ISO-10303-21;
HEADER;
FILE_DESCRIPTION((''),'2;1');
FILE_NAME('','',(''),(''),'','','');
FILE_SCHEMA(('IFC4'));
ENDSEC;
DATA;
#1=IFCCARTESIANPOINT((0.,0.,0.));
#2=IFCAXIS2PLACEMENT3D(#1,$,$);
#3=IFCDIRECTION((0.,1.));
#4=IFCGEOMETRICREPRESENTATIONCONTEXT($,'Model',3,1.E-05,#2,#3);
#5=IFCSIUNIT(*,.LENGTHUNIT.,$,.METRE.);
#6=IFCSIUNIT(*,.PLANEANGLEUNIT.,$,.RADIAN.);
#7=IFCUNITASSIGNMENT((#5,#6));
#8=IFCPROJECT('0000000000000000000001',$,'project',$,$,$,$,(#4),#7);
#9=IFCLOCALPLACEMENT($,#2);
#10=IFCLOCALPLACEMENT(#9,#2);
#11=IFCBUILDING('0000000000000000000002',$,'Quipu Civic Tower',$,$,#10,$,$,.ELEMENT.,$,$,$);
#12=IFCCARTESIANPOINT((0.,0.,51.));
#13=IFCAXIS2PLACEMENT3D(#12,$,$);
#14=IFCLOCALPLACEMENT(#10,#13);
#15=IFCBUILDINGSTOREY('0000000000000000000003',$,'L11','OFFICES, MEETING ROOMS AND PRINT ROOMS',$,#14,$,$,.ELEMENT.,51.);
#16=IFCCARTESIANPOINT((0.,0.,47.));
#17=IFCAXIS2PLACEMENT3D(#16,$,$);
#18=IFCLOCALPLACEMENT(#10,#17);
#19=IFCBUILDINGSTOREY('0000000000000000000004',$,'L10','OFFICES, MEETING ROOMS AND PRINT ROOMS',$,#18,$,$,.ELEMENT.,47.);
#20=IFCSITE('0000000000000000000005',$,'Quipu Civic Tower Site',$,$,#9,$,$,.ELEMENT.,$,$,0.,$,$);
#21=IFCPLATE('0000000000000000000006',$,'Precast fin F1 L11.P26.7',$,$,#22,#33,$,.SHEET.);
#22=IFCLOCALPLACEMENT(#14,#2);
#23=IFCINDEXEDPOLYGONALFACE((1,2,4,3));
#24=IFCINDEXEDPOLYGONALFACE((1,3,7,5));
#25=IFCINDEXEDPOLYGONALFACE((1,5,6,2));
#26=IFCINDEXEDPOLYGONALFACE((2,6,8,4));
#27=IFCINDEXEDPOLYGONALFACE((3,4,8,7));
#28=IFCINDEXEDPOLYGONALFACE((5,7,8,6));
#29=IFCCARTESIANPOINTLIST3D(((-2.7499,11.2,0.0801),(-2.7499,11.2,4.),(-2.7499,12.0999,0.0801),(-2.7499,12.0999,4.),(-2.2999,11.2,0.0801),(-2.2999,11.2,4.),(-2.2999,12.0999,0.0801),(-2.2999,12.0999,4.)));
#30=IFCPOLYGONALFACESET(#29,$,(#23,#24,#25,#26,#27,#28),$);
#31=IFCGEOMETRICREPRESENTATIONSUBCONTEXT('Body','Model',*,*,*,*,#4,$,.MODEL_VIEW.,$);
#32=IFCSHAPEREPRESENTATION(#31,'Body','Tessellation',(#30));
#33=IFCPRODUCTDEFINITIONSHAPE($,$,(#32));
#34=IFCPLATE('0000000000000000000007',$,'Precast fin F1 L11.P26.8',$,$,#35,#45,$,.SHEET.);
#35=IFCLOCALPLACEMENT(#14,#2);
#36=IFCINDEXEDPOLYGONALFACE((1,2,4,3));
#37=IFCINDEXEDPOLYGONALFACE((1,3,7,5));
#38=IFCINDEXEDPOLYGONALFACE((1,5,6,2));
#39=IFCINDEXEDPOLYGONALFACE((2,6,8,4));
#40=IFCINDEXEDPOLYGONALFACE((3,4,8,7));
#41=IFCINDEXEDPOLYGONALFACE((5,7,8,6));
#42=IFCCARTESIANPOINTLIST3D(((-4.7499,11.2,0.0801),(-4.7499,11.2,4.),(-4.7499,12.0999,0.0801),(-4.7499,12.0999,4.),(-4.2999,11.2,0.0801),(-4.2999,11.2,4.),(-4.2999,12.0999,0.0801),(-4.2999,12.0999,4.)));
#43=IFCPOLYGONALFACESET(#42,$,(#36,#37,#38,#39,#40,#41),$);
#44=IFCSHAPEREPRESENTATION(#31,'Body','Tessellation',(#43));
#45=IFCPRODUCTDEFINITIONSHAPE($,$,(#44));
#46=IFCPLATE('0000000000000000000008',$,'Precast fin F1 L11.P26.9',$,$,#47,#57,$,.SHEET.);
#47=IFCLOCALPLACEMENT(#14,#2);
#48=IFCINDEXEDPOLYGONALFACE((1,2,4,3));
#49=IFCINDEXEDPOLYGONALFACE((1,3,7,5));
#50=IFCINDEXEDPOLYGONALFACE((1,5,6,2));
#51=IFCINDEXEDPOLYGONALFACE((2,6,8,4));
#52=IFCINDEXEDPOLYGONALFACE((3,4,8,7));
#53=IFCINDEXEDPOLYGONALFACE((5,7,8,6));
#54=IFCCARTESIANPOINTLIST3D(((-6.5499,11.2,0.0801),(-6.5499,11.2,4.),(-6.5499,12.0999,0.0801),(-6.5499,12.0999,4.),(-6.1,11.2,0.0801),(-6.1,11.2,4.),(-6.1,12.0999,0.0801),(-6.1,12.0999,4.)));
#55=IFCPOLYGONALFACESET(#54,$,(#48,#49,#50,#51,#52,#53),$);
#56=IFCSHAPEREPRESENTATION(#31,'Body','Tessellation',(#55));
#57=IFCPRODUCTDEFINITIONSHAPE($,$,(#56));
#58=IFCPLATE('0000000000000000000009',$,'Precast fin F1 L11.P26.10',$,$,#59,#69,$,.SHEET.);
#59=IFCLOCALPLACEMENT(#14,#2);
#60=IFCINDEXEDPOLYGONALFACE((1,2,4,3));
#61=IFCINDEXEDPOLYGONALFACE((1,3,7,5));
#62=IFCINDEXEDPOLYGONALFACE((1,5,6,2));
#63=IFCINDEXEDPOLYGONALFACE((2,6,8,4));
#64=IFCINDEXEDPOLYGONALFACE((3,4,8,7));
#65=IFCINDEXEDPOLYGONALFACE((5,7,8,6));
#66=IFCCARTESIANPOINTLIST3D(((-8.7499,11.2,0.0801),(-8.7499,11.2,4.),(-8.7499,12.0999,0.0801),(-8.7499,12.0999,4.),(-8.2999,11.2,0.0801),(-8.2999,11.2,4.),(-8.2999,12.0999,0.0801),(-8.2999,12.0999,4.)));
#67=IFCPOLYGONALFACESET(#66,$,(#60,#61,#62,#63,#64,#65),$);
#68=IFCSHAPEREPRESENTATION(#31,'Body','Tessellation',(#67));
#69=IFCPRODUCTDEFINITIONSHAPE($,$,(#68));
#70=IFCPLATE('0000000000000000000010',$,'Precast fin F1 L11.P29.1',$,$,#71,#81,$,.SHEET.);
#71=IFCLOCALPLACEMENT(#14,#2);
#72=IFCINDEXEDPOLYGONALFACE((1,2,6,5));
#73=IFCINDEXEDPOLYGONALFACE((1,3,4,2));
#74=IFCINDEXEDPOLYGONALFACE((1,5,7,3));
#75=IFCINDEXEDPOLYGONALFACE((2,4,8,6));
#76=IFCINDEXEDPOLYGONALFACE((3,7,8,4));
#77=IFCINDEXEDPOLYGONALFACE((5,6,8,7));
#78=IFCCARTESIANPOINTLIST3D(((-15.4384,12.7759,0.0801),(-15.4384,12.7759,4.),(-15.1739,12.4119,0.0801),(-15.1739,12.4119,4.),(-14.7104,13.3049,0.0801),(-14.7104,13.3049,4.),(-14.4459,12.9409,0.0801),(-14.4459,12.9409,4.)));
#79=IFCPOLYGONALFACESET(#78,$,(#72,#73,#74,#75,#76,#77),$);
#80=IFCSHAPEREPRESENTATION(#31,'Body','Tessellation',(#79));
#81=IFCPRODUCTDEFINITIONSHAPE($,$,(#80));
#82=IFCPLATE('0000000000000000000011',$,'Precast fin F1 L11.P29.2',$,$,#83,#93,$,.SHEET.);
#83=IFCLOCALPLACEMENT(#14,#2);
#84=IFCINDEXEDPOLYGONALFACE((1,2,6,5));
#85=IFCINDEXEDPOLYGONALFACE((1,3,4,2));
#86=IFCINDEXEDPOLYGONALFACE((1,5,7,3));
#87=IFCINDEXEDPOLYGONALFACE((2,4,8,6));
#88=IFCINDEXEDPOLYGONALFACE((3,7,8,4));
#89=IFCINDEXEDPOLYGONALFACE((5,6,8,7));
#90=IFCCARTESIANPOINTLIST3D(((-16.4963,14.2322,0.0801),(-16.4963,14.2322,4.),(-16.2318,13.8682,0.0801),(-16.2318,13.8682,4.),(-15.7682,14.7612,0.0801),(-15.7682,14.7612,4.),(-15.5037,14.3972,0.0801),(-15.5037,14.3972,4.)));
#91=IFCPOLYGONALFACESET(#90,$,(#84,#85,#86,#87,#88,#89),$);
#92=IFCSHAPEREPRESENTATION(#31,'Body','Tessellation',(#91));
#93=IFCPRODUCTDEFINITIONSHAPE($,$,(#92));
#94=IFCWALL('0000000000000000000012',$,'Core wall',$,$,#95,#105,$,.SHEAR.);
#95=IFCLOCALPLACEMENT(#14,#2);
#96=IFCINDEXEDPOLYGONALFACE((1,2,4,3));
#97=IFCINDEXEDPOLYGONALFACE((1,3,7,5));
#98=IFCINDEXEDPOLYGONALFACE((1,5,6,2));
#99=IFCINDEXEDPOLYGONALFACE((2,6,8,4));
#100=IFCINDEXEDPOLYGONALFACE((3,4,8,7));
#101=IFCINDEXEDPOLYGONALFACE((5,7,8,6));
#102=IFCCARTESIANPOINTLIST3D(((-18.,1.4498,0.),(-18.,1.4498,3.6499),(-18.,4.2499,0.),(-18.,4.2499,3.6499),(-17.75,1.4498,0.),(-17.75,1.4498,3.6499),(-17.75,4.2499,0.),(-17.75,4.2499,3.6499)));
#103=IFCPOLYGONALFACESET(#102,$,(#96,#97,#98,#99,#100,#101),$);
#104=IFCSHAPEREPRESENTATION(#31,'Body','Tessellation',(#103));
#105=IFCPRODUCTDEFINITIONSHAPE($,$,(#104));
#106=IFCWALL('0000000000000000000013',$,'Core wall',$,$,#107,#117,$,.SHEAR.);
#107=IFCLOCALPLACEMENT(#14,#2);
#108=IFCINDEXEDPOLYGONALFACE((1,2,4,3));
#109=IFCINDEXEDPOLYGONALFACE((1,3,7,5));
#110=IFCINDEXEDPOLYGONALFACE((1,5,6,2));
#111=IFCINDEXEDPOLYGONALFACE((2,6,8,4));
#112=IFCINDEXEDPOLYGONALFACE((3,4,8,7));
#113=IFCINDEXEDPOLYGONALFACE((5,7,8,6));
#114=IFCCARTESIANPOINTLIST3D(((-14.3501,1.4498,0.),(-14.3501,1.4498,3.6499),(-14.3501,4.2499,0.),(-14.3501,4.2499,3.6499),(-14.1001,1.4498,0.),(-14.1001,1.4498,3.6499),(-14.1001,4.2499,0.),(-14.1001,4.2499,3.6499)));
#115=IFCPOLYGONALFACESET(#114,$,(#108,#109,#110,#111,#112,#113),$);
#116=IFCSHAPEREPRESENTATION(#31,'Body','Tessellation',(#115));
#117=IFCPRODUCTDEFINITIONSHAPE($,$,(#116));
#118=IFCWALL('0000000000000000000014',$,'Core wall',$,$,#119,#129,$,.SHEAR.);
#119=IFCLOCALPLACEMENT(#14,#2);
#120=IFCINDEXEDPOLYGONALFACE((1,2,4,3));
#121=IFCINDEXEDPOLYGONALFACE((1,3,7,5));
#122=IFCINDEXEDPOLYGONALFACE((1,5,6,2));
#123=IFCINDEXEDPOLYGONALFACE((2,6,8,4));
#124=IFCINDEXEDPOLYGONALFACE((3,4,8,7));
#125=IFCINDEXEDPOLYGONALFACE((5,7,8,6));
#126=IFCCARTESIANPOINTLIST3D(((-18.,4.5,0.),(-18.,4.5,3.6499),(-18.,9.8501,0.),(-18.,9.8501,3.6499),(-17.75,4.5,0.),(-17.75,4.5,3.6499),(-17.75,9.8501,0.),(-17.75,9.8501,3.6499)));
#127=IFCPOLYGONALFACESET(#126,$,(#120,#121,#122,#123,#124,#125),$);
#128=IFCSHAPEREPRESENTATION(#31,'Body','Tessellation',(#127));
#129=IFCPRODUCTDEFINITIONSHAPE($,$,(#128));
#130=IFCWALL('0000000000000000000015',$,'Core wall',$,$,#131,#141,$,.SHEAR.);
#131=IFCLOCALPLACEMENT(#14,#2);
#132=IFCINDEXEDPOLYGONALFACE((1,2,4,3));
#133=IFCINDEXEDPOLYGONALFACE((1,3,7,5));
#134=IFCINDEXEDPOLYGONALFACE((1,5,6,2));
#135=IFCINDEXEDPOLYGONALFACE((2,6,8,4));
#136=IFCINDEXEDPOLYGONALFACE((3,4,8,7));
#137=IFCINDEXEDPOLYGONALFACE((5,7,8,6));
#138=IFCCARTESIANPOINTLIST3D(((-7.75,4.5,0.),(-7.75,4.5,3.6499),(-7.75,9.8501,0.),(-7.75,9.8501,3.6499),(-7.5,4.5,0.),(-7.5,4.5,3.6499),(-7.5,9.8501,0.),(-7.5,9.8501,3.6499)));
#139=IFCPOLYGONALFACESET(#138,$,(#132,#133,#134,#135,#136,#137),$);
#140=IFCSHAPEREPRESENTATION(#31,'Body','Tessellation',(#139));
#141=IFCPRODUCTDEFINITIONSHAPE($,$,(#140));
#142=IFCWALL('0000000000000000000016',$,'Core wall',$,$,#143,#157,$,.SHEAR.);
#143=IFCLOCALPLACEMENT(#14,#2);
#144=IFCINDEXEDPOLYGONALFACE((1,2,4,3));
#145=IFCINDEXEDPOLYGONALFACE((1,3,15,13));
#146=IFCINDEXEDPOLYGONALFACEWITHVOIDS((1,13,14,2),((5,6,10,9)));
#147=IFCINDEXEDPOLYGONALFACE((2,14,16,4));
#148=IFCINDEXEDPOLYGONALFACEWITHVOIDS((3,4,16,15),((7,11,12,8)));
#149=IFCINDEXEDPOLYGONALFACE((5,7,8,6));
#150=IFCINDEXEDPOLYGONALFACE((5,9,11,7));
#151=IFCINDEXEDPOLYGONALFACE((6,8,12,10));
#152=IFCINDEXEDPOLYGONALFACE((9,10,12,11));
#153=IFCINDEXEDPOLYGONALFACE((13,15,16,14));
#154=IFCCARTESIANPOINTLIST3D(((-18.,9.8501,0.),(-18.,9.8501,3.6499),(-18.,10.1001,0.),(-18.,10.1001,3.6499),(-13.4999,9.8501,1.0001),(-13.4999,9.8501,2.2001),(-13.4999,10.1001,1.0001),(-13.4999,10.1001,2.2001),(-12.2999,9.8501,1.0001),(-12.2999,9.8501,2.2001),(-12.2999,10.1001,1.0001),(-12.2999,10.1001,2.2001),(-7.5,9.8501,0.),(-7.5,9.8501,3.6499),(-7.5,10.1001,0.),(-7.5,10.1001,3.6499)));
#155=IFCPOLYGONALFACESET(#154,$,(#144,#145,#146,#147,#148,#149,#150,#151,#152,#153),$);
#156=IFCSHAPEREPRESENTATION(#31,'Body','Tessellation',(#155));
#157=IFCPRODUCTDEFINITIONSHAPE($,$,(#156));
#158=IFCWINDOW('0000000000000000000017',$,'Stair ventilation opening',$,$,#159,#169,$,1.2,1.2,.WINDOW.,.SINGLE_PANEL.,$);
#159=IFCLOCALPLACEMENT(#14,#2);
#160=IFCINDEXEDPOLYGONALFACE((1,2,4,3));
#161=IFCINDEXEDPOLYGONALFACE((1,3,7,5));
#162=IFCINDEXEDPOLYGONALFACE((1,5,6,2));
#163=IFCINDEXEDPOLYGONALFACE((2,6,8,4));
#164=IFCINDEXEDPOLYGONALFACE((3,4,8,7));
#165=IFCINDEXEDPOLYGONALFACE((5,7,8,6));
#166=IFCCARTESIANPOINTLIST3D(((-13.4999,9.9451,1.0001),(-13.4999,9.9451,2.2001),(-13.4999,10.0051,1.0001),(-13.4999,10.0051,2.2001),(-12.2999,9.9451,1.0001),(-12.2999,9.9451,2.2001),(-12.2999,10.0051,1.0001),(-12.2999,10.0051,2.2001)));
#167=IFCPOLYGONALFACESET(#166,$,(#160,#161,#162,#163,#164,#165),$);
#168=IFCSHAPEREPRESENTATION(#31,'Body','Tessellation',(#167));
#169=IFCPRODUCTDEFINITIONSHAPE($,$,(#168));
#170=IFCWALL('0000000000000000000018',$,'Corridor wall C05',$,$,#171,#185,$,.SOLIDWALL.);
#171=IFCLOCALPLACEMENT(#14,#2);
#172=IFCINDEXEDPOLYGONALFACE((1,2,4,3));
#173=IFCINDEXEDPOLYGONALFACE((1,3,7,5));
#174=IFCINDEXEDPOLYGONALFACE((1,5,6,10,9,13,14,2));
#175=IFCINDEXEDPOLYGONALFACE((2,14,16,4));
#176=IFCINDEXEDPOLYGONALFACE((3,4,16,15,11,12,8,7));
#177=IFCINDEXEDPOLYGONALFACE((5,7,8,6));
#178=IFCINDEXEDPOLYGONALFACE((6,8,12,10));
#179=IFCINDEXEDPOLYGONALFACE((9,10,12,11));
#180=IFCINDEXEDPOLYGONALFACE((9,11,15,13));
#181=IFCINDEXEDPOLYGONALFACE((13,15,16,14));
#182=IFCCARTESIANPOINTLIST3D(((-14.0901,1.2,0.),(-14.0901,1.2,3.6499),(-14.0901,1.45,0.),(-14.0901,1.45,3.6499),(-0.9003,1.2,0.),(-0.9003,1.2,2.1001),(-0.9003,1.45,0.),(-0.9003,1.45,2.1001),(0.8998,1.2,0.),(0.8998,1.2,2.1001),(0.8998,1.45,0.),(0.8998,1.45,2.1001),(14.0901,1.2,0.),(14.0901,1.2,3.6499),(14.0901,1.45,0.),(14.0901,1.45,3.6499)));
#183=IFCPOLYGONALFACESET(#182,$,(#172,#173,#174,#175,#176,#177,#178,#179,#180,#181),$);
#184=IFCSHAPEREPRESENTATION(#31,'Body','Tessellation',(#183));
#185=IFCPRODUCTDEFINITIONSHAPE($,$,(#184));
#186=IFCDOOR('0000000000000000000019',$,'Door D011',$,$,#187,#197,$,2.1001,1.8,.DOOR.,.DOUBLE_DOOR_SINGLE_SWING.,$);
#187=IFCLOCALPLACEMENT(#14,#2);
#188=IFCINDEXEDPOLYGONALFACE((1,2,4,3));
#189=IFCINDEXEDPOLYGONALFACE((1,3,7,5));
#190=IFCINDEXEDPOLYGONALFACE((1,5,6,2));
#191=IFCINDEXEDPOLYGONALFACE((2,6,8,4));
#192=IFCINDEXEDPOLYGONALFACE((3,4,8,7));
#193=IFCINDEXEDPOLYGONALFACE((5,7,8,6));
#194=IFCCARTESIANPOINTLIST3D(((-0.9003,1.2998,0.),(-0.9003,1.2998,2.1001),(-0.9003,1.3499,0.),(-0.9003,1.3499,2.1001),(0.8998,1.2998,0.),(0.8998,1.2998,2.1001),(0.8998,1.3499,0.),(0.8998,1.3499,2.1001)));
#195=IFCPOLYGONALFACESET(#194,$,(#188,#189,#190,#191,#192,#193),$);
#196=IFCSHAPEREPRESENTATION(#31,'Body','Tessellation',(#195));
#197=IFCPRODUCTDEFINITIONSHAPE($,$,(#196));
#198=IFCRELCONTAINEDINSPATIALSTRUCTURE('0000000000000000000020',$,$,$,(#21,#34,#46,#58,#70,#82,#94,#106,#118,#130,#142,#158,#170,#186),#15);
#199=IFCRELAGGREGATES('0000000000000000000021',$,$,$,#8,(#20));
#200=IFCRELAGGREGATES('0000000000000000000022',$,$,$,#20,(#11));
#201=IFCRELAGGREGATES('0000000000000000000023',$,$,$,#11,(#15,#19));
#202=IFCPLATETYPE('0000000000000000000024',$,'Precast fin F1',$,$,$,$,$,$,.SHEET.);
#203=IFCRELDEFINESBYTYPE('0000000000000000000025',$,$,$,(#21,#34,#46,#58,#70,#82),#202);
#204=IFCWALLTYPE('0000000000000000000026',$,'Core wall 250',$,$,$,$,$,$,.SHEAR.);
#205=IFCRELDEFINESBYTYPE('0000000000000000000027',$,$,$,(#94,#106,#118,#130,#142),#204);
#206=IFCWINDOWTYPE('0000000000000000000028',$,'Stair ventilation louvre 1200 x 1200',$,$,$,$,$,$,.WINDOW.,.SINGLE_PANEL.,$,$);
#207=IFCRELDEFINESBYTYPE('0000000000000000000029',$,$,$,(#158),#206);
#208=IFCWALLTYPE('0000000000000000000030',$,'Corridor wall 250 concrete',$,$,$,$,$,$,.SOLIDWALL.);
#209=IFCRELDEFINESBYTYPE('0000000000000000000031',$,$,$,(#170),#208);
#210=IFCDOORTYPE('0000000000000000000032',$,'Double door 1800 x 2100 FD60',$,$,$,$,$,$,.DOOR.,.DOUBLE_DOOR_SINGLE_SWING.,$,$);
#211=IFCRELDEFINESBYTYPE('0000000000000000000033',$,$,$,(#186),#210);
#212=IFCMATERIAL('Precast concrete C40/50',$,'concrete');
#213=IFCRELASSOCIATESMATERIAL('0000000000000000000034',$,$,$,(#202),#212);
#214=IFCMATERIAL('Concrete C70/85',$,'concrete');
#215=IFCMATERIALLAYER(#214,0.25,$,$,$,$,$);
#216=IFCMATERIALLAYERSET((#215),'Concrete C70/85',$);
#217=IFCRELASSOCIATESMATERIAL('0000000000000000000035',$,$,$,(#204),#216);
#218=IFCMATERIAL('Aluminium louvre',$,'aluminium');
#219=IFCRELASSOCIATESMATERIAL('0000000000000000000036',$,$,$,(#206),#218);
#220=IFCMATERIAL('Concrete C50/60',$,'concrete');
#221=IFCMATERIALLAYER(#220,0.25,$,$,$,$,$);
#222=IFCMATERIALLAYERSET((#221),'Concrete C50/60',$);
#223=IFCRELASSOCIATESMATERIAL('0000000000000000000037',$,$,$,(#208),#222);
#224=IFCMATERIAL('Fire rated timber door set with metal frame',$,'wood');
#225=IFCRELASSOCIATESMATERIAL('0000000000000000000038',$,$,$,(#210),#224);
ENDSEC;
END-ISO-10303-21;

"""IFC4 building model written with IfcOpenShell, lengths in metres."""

from ifc_helpers import new_model, si_unit, direction, frame, frame_2d, origin, origin_2d, place, context, subcontext, project, spatial, rectangle, extrude, material, layer, layer_set, type_object, element, fill, save


model = new_model("IFC4")

# Units and contexts
model_context = context("Model", 3, precision=1e-05, world=origin(), true_north=direction((0.0, 1.0)))
body_context = subcontext(model_context, "Body", "Model", "MODEL_VIEW")
ifc_project = project(units=[si_unit("LENGTHUNIT", "METRE"), si_unit("PLANEANGLEUNIT", "RADIAN")], contexts=[model_context])

# Site, building, storey
site_placement = place(None, origin())
site = spatial("IfcSite", under=ifc_project, at=site_placement, Name="Quipu Civic Tower Site", CompositionType="ELEMENT", RefElevation=0.0)
building_placement = place(site_placement, origin())
building = spatial("IfcBuilding", under=site, at=building_placement, Name="Quipu Civic Tower", CompositionType="ELEMENT")
storey_1_placement = place(building_placement, frame((0.0, 0.0, 51.0)))
storey_1 = spatial("IfcBuildingStorey", under=building, at=storey_1_placement, Name="L11", Description="OFFICES, MEETING ROOMS AND PRINT ROOMS", CompositionType="ELEMENT", Elevation=51.0)

# Shared definitions
storey_2_placement = place(building_placement, frame((0.0, 0.0, 47.0)))
storey_2 = spatial("IfcBuildingStorey", under=building, at=storey_2_placement, Name="L10", Description="OFFICES, MEETING ROOMS AND PRINT ROOMS", CompositionType="ELEMENT", Elevation=47.0)

# Plates
ifc_material_1 = material(Name="Precast concrete C40/50", Category="concrete")
plate_type_1 = type_object("IfcPlateType", Name="Precast fin F1", PredefinedType="SHEET", material=ifc_material_1)
for number, where, z_axis, x_axis, name in (
    (1, (-2.5249, 11.6499, 0.0801), (0.0, 0.0, 1.0), (-1.0, 0.0, 0.0), "Precast fin F1 L11.P26.7"),
    (2, (-4.5249, 11.6499, 0.0801), (0.0, 0.0, 1.0), (-1.0, 0.0, 0.0), "Precast fin F1 L11.P26.8"),
    (3, (-6.325, 11.6499, 0.0801), (0.0, 0.0, 1.0), (-1.0, 0.0, 0.0), "Precast fin F1 L11.P26.9"),
    (4, (-8.5249, 11.6499, 0.0801), (0.0, 0.0, 1.0), (-1.0, 0.0, 0.0), "Precast fin F1 L11.P26.10"),
    (5, (-14.9421, 12.8584, 0.0801), (0.0, 0.0, 1.0), (-0.587785, 0.809017, 0.0), "Precast fin F1 L11.P29.1"),
    (6, (-16.0, 14.3147, 0.0801), (0.0, 0.0, 1.0), (-0.587785, 0.809017, 0.0), "Precast fin F1 L11.P29.2"),
):
    element("IfcPlate", number, at=place(storey_1_placement, frame(where, z_axis=z_axis, x_axis=x_axis)), inside=storey_1, type_object=plate_type_1, Name=name, PredefinedType="SHEET", context=body_context, shape_type="SweptSolid", body=[
        extrude(rectangle(XDim=0.45, YDim=0.8999, at=origin_2d()), origin(), (0.0, 0.0, 1.0), 3.9199),
    ])

# Walls
ifc_material_2 = material(Name="Concrete C70/85", Category="concrete")
ifc_layer_1 = layer(ifc_material_2, 0.25)
ifc_layer_set_1 = layer_set([ifc_layer_1], Name="Concrete C70/85")
wall_type_1 = type_object("IfcWallType", Name="Core wall 250", PredefinedType="SHEAR", material=ifc_layer_set_1)
for number, where, z_axis, x_axis, name in (
    (7, (-17.875, 1.45, 0.0), (0.0, 0.0, 1.0), (0.0, 1.0, 0.0), "Core wall"),
    (8, (-14.2251, 1.45, 0.0), (0.0, 0.0, 1.0), (0.0, 1.0, 0.0), "Core wall"),
):
    element("IfcWall", number, at=place(storey_1_placement, frame(where, z_axis=z_axis, x_axis=x_axis)), inside=storey_1, type_object=wall_type_1, Name=name, PredefinedType="SHEAR", context=body_context, shape_type="SweptSolid", body=[
        extrude(rectangle(XDim=2.8, YDim=0.25, at=frame_2d((1.3999, 0.0))), origin(), (0.0, 0.0, 1.0), 3.6499),
    ])
for number, where, z_axis, x_axis, name in (
    (9, (-17.875, 4.5, 0.0), (0.0, 0.0, 1.0), (0.0, 1.0, 0.0), "Core wall"),
    (10, (-7.625, 4.5, 0.0), (0.0, 0.0, 1.0), (0.0, 1.0, 0.0), "Core wall"),
):
    element("IfcWall", number, at=place(storey_1_placement, frame(where, z_axis=z_axis, x_axis=x_axis)), inside=storey_1, type_object=wall_type_1, Name=name, PredefinedType="SHEAR", context=body_context, shape_type="SweptSolid", body=[
        extrude(rectangle(XDim=5.3501, YDim=0.25, at=frame_2d((2.675, 0.0))), origin(), (0.0, 0.0, 1.0), 3.6499),
    ])

# Wall, opening, window
wall_1_placement = place(storey_1_placement, frame((-18.0, 9.9751, 0.0), z_axis=(0.0, 0.0, 1.0), x_axis=(1.0, 0.0, 0.0)))
wall_1 = element("IfcWall", 11, at=wall_1_placement, inside=storey_1, type_object=wall_type_1, Name="Core wall", PredefinedType="SHEAR", context=body_context, shape_type="SweptSolid", body=[
    extrude(rectangle(XDim=10.5, YDim=0.25, at=frame_2d((5.25, 0.0))), origin(), (0.0, 0.0, 1.0), 3.6499),
])
opening_1_placement = place(wall_1_placement, frame((4.5, 0.0, 1.0)))
opening_1 = element("IfcOpeningElement", 12, at=opening_1_placement, cuts=wall_1, PredefinedType="OPENING", context=body_context, shape_type="SweptSolid", body=[
    extrude(rectangle(XDim=1.2, YDim=1.2, at=frame_2d((0.6001, 0.6001))), frame((0.0, 0.135, 0.0), z_axis=(0.0, -1.0, 0.0), x_axis=(1.0, 0.0, 0.0)), (0.0, 0.0, 1.0), 0.27),
])
ifc_material_3 = material(Name="Aluminium louvre", Category="aluminium")
window_type_1 = type_object("IfcWindowType", Name="Stair ventilation louvre 1200 x 1200", PartitioningType="SINGLE_PANEL", PredefinedType="WINDOW", material=ifc_material_3)
window_1_placement = place(opening_1_placement, origin())
window_1 = element("IfcWindow", 13, at=window_1_placement, inside=storey_1, type_object=window_type_1, Name="Stair ventilation opening", OverallHeight=1.2, OverallWidth=1.2, PartitioningType="SINGLE_PANEL", PredefinedType="WINDOW", context=body_context, shape_type="SweptSolid", body=[
    extrude(rectangle(XDim=1.2, YDim=1.2, at=frame_2d((0.6001, 0.6001))), frame((0.0, 0.03, 0.0), z_axis=(0.0, -1.0, 0.0), x_axis=(1.0, 0.0, 0.0)), (0.0, 0.0, 1.0), 0.0601),
])
fill(opening_1, window_1)

# Wall, opening, door
ifc_material_4 = material(Name="Concrete C50/60", Category="concrete")
ifc_layer_2 = layer(ifc_material_4, 0.25)
ifc_layer_set_2 = layer_set([ifc_layer_2], Name="Concrete C50/60")
wall_type_2 = type_object("IfcWallType", Name="Corridor wall 250 concrete", PredefinedType="SOLIDWALL", material=ifc_layer_set_2)
wall_2_placement = place(storey_1_placement, frame((-14.0901, 1.325, 0.0), z_axis=(0.0, 0.0, 1.0), x_axis=(1.0, 0.0, 0.0)))
wall_2 = element("IfcWall", 14, at=wall_2_placement, inside=storey_1, type_object=wall_type_2, Name="Corridor wall C05", PredefinedType="SOLIDWALL", context=body_context, shape_type="SweptSolid", body=[
    extrude(rectangle(XDim=28.1802, YDim=0.25, at=frame_2d((14.0901, 0.0))), origin(), (0.0, 0.0, 1.0), 3.6499),
])
opening_2_placement = place(wall_2_placement, frame((13.1899, 0.0, 0.0)))
opening_2 = element("IfcOpeningElement", 15, at=opening_2_placement, cuts=wall_2, PredefinedType="OPENING", context=body_context, shape_type="SweptSolid", body=[
    extrude(rectangle(XDim=1.8, YDim=2.1001, at=frame_2d((0.8999, 1.05))), frame((0.0, 0.135, 0.0), z_axis=(0.0, -1.0, 0.0), x_axis=(1.0, 0.0, 0.0)), (0.0, 0.0, 1.0), 0.27),
])
ifc_material_5 = material(Name="Fire rated timber door set with metal frame", Category="wood")
door_type_1 = type_object("IfcDoorType", Name="Double door 1800 x 2100 FD60", OperationType="DOUBLE_DOOR_SINGLE_SWING", PredefinedType="DOOR", material=ifc_material_5)
door_1_placement = place(opening_2_placement, origin())
door_1 = element("IfcDoor", 16, at=door_1_placement, inside=storey_1, type_object=door_type_1, Name="Door D011", OperationType="DOUBLE_DOOR_SINGLE_SWING", OverallHeight=2.1001, OverallWidth=1.8, PredefinedType="DOOR", context=body_context, shape_type="SweptSolid", body=[
    extrude(rectangle(XDim=1.8, YDim=2.1001, at=frame_2d((0.8999, 1.05))), frame((0.0, 0.0249, 0.0), z_axis=(0.0, -1.0, 0.0), x_axis=(1.0, 0.0, 0.0)), (0.0, 0.0, 1.0), 0.05),
])
fill(opening_2, door_1)

save(model, "model.ifc")
